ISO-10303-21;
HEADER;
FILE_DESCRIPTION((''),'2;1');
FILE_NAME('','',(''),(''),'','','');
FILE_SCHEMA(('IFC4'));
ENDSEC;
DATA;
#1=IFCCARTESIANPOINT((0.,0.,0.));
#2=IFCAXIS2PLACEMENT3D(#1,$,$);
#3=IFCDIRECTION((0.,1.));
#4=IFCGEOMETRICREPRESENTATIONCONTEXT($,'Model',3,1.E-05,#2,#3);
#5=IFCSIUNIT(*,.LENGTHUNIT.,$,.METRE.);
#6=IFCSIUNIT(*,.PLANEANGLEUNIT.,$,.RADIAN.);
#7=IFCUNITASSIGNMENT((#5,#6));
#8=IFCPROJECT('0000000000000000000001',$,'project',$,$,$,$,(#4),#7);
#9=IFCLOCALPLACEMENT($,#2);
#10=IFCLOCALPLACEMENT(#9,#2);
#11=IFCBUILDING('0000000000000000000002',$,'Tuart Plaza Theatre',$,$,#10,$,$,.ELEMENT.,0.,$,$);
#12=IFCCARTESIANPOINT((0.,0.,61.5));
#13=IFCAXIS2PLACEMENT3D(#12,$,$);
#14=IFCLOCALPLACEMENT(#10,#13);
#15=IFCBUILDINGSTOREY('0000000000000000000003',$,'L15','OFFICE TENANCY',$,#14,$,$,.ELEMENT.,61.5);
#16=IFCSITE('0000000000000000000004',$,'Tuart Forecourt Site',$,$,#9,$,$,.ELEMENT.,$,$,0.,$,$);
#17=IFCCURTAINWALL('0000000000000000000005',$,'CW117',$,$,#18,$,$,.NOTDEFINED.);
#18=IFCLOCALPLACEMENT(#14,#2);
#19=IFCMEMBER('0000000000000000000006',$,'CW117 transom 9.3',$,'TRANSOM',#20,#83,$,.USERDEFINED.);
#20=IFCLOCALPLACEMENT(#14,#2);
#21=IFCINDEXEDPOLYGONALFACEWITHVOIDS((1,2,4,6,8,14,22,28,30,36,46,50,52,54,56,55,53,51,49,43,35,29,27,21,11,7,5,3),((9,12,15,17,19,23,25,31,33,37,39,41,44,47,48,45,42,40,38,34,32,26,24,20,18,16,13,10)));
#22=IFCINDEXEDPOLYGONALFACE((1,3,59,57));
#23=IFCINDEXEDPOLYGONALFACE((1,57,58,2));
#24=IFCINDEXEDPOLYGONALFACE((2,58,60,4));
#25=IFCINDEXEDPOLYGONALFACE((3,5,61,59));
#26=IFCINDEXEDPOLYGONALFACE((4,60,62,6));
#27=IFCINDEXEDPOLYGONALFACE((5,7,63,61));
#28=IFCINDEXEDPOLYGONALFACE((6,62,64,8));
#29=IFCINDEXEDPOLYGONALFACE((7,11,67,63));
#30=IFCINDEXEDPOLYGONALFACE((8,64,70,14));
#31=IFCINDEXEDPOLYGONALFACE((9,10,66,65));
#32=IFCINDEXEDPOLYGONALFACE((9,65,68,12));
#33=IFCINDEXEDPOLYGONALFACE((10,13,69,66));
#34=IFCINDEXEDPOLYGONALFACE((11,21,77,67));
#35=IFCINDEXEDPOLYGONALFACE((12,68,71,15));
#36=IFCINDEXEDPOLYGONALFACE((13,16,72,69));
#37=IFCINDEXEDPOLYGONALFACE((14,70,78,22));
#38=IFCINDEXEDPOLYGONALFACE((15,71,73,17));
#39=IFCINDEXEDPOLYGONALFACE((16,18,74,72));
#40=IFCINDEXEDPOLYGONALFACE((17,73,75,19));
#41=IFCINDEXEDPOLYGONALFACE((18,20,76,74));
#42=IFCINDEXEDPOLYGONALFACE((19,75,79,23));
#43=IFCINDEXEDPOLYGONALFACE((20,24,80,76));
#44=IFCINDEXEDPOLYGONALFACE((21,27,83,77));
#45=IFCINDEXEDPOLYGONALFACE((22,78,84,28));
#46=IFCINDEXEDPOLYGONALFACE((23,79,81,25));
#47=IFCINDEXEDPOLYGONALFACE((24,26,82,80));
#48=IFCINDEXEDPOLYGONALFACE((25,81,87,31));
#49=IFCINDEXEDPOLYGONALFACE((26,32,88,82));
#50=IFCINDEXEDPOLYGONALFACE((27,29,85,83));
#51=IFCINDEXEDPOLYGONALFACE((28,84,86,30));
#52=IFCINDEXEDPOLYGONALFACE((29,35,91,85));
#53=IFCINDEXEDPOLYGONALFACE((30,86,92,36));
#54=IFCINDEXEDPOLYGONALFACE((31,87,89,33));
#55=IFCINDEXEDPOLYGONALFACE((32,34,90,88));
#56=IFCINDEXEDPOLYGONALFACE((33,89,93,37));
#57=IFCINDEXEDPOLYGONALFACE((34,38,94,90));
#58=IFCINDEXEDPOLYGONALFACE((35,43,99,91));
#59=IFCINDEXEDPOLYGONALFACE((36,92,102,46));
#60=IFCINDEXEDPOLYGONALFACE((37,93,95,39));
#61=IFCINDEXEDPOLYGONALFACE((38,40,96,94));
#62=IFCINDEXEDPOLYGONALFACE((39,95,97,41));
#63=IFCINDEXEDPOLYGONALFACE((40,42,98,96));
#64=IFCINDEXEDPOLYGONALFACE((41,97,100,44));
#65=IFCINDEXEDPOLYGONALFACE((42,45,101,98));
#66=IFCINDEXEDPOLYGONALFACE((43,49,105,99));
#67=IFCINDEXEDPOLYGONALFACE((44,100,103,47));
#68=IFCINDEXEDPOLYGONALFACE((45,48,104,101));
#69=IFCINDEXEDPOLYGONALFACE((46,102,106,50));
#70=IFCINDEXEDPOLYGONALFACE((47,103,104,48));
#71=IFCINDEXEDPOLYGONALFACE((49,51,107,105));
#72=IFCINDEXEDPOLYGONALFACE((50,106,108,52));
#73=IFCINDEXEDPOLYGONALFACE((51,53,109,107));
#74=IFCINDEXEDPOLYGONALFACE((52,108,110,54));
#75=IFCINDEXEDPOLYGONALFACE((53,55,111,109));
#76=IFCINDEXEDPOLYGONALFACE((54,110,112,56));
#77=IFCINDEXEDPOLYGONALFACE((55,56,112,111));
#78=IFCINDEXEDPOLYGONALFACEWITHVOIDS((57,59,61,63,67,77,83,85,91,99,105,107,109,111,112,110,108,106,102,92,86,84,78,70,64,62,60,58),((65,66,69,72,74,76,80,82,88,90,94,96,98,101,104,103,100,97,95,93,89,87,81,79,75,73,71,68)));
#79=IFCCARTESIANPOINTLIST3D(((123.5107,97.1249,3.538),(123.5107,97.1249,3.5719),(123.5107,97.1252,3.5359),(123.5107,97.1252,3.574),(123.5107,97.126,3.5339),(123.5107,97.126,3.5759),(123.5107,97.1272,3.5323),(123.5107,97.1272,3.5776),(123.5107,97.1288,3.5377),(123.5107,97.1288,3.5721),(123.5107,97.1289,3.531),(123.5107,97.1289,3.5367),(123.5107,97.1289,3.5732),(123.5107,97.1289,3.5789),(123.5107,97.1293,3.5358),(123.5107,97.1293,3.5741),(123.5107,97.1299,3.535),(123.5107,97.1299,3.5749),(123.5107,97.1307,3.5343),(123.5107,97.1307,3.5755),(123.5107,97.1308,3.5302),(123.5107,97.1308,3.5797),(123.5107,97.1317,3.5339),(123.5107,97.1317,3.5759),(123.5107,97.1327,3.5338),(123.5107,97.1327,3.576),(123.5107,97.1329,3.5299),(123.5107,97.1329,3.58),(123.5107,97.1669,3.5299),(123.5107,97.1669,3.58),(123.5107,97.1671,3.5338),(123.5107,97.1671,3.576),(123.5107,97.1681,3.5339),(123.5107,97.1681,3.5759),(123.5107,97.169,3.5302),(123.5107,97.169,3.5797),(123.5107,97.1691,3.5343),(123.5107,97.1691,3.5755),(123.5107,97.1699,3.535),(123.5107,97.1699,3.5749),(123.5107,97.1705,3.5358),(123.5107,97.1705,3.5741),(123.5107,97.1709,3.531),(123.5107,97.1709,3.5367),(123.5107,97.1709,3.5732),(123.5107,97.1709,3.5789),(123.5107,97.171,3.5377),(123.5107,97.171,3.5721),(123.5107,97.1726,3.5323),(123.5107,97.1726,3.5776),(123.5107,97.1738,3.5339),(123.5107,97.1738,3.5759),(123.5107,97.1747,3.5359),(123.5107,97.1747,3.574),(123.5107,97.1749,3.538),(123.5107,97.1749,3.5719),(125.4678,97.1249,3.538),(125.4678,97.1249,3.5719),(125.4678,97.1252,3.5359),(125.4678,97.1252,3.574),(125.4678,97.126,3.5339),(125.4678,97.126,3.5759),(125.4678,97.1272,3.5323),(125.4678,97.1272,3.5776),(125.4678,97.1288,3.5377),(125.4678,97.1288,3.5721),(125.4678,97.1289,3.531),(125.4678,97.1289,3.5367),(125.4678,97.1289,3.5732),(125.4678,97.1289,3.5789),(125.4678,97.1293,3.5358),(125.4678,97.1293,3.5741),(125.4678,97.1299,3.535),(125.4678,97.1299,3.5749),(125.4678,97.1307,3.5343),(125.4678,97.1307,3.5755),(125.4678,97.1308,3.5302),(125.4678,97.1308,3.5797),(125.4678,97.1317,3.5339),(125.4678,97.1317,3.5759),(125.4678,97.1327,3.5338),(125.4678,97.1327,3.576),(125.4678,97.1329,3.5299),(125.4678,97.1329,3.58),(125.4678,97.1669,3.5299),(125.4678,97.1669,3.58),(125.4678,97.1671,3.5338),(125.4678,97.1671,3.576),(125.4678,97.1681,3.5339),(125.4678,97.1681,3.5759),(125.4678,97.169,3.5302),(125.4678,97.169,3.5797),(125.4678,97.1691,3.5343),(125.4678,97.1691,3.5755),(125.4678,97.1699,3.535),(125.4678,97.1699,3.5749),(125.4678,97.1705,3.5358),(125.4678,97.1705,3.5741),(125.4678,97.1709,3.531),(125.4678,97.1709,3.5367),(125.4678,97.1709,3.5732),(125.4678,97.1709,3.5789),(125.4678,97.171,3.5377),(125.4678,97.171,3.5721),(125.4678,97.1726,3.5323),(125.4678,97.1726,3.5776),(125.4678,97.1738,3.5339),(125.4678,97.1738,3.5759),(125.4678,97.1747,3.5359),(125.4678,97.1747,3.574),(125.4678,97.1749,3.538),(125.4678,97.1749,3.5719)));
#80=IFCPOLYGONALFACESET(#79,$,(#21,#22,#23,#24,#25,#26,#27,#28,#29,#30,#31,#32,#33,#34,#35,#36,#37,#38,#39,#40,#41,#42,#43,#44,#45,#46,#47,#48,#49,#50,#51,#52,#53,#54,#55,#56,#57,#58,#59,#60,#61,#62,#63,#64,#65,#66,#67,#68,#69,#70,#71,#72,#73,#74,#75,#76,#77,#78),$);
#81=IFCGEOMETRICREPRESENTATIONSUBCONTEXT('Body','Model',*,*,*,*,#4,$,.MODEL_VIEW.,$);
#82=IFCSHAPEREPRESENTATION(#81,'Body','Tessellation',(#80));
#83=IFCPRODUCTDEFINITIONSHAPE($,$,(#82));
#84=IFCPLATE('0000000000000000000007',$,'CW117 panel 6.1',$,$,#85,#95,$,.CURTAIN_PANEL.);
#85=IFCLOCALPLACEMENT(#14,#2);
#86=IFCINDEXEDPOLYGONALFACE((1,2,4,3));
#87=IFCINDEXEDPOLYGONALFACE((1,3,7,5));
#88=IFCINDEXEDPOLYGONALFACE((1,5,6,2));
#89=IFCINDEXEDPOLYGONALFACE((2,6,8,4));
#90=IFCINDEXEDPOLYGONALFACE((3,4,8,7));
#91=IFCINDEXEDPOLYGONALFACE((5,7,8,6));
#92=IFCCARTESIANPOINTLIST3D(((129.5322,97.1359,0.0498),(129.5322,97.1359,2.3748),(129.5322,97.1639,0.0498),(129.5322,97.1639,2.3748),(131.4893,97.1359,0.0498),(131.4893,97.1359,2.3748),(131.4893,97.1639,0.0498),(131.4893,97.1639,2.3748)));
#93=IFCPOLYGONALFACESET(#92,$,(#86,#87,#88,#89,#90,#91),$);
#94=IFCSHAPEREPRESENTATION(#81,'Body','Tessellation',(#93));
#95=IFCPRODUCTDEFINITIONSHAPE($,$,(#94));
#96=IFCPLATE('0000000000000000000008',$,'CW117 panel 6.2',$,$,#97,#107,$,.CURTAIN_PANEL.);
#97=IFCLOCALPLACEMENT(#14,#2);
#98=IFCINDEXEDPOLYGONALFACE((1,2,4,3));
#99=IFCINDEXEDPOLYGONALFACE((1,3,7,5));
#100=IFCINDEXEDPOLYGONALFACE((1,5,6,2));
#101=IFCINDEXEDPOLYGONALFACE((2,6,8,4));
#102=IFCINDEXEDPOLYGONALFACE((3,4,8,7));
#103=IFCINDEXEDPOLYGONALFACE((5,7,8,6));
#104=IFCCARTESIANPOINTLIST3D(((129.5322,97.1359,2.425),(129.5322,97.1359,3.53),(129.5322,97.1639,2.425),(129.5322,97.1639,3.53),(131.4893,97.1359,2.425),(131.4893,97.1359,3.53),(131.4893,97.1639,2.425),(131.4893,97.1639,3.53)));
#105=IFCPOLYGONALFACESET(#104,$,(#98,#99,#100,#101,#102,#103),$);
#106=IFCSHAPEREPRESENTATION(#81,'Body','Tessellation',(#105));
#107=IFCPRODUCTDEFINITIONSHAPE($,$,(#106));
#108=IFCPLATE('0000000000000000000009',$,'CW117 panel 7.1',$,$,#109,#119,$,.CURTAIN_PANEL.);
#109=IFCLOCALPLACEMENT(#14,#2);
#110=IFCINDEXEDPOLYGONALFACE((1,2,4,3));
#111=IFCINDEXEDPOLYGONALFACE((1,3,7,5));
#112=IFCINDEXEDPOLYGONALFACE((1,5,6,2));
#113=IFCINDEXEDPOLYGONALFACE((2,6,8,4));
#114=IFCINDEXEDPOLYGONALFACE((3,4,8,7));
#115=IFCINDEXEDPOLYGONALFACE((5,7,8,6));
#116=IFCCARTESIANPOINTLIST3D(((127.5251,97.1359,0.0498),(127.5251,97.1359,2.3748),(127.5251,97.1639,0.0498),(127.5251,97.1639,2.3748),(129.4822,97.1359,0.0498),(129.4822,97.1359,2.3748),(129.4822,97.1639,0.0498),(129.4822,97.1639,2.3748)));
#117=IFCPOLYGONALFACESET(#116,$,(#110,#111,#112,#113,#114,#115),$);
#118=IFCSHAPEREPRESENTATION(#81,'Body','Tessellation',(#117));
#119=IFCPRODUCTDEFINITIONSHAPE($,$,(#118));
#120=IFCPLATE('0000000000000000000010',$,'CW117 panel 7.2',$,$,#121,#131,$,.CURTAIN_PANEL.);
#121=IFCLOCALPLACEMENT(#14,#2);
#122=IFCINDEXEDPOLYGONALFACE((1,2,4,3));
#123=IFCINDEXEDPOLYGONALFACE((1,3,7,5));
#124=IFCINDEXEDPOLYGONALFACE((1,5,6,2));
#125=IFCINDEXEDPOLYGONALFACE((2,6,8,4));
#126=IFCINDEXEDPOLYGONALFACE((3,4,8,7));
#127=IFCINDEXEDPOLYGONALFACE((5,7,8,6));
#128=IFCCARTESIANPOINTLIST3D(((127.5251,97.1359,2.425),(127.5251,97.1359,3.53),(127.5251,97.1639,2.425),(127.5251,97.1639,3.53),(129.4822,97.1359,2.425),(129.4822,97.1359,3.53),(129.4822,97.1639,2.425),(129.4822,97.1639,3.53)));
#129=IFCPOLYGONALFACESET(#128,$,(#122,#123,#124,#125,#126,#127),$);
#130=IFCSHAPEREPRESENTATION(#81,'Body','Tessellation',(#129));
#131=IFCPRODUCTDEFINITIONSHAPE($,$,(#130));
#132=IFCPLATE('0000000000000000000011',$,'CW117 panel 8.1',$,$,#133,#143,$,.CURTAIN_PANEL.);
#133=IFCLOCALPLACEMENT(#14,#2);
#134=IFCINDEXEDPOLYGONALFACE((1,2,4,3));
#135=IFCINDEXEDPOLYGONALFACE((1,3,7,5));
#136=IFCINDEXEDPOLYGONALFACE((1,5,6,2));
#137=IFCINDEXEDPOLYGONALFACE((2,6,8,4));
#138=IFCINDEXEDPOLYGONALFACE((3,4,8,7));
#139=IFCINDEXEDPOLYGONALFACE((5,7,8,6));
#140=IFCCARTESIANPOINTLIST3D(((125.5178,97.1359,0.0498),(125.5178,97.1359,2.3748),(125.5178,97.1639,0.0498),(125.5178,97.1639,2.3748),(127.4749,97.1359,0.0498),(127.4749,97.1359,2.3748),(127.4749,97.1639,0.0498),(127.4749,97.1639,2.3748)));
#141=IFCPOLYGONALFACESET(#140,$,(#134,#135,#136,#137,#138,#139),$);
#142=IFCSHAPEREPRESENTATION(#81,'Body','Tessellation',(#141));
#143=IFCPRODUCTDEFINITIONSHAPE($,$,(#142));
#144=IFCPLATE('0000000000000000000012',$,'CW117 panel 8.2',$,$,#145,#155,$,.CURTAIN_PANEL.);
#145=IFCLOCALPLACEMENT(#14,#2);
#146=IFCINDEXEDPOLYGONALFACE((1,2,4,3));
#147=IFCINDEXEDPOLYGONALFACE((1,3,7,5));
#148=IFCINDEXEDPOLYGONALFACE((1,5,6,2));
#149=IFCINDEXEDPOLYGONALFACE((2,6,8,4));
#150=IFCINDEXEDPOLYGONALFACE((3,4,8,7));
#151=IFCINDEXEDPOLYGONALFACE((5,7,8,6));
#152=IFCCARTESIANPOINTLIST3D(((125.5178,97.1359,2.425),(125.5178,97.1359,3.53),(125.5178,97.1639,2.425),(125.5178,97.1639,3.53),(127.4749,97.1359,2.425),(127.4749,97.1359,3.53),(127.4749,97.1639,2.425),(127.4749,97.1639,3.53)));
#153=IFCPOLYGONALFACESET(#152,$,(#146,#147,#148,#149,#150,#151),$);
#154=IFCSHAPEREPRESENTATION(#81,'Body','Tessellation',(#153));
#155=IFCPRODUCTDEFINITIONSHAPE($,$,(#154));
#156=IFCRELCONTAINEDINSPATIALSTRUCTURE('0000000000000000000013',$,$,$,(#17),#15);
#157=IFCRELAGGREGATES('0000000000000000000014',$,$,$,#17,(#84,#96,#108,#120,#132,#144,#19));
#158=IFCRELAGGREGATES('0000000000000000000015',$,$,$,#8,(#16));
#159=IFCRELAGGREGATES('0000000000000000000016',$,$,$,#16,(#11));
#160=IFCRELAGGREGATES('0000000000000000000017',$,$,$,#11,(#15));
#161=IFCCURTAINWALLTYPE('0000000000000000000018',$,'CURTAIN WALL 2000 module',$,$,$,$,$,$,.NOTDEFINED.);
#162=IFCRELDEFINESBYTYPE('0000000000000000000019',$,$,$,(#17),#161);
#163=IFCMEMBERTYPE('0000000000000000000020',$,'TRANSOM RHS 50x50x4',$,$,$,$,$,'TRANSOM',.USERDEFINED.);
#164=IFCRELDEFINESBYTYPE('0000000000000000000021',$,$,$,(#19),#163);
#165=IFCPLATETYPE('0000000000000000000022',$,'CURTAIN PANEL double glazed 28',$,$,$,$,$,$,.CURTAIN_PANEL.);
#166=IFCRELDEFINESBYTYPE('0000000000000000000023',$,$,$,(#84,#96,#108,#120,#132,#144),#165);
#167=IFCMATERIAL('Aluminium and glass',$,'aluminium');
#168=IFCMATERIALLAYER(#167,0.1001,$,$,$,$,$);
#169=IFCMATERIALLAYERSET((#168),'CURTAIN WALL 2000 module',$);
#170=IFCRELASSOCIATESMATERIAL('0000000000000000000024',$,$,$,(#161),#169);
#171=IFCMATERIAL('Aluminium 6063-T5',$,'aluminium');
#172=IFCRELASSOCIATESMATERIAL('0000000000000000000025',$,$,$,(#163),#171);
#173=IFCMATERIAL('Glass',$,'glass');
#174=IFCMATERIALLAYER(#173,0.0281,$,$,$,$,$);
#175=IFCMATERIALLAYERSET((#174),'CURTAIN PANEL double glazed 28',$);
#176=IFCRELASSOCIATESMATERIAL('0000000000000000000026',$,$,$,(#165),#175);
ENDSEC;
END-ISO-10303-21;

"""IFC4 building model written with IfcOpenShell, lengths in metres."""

from ifc_helpers import new_model, si_unit, direction, frame, origin, origin_2d, place, context, subcontext, project, spatial, rectangle, hollow_rectangle, extrude, material, layer, layer_set, material_profile, profile_set, type_object, element, aggregate, save


model = new_model("IFC4")

# Units and contexts
model_context = context("Model", 3, precision=1e-05, world=origin(), true_north=direction((0.0, 1.0)))
body_context = subcontext(model_context, "Body", "Model", "MODEL_VIEW")
ifc_project = project(units=[si_unit("LENGTHUNIT", "METRE"), si_unit("PLANEANGLEUNIT", "RADIAN")], contexts=[model_context])

# Site, building, storey
site_placement = place(None, origin())
site = spatial("IfcSite", under=ifc_project, at=site_placement, Name="Tuart Forecourt Site", CompositionType="ELEMENT", RefElevation=0.0)
building_placement = place(site_placement, origin())
building = spatial("IfcBuilding", under=site, at=building_placement, Name="Tuart Plaza Theatre", CompositionType="ELEMENT", ElevationOfRefHeight=0.0)
storey_placement = place(building_placement, frame((0.0, 0.0, 61.5)))
storey = spatial("IfcBuildingStorey", under=building, at=storey_placement, Name="L15", Description="OFFICE TENANCY", CompositionType="ELEMENT", Elevation=61.5)

# Curtain wall, member, plates
ifc_material_1 = material(Name="Aluminium and glass", Category="aluminium")
ifc_layer_1 = layer(ifc_material_1, 0.1001)
ifc_layer_set_1 = layer_set([ifc_layer_1], Name="CURTAIN WALL 2000 module")
curtain_wall_type = type_object("IfcCurtainWallType", Name="CURTAIN WALL 2000 module", PredefinedType="NOTDEFINED", material=ifc_layer_set_1)
curtain_wall_placement = place(storey_placement, origin())
curtain_wall = element("IfcCurtainWall", 1, at=curtain_wall_placement, inside=storey, type_object=curtain_wall_type, Name="CW117", PredefinedType="NOTDEFINED")
ifc_material_2 = material(Name="Aluminium 6063-T5", Category="aluminium")
ifc_material_profile_1 = material_profile(ifc_material_2, hollow_rectangle(XDim=0.05, YDim=0.05, WallThickness=0.0039, InnerFilletRadius=0.0039, OuterFilletRadius=0.0081, at=origin_2d()), Name="RHS 50x50x4")
ifc_profile_set_1 = profile_set([ifc_material_profile_1], Name="Aluminium 6063-T5")
member_type_1 = type_object("IfcMemberType", Name="TRANSOM RHS 50x50x4", ElementType="TRANSOM", PredefinedType="USERDEFINED", material=ifc_profile_set_1)
member_1_placement = place(storey_placement, frame((125.4678, 97.1499, 3.5549), z_axis=(-1.0, 0.0, 0.0), x_axis=(0.0, -1.0, 0.0)))
member_1 = element("IfcMember", 2, at=member_1_placement, type_object=member_type_1, Name="CW117 transom 9.3", ObjectType="TRANSOM", PredefinedType="USERDEFINED", context=body_context, shape_type="SweptSolid", body=[
    extrude(hollow_rectangle(XDim=0.05, YDim=0.05, WallThickness=0.0039, InnerFilletRadius=0.0039, OuterFilletRadius=0.0081, at=origin_2d()), origin(), (0.0, 0.0, 1.0), 1.957),
])
ifc_material_3 = material(Name="Glass", Category="glass")
ifc_layer_2 = layer(ifc_material_3, 0.0281)
ifc_layer_set_2 = layer_set([ifc_layer_2], Name="CURTAIN PANEL double glazed 28")
plate_type = type_object("IfcPlateType", Name="CURTAIN PANEL double glazed 28", PredefinedType="CURTAIN_PANEL", material=ifc_layer_set_2)
plate_1_placement = place(storey_placement, frame((130.5107, 97.1499, 0.0498), z_axis=(0.0, 0.0, 1.0), x_axis=(-1.0, 0.0, 0.0)))
plate_1 = element("IfcPlate", 3, at=plate_1_placement, type_object=plate_type, Name="CW117 panel 6.1", PredefinedType="CURTAIN_PANEL", context=body_context, shape_type="SweptSolid", body=[
    extrude(rectangle(XDim=1.957, YDim=0.0281, at=origin_2d()), origin(), (0.0, 0.0, 1.0), 2.325),
])
plate_2_placement = place(storey_placement, frame((130.5107, 97.1499, 2.425), z_axis=(0.0, 0.0, 1.0), x_axis=(-1.0, 0.0, 0.0)))
plate_2 = element("IfcPlate", 4, at=plate_2_placement, type_object=plate_type, Name="CW117 panel 6.2", PredefinedType="CURTAIN_PANEL", context=body_context, shape_type="SweptSolid", body=[
    extrude(rectangle(XDim=1.957, YDim=0.0281, at=origin_2d()), origin(), (0.0, 0.0, 1.0), 1.105),
])
plate_3_placement = place(storey_placement, frame((128.5037, 97.1499, 0.0498), z_axis=(0.0, 0.0, 1.0), x_axis=(-1.0, 0.0, 0.0)))
plate_3 = element("IfcPlate", 5, at=plate_3_placement, type_object=plate_type, Name="CW117 panel 7.1", PredefinedType="CURTAIN_PANEL", context=body_context, shape_type="SweptSolid", body=[
    extrude(rectangle(XDim=1.957, YDim=0.0281, at=origin_2d()), origin(), (0.0, 0.0, 1.0), 2.325),
])
plate_4_placement = place(storey_placement, frame((128.5037, 97.1499, 2.425), z_axis=(0.0, 0.0, 1.0), x_axis=(-1.0, 0.0, 0.0)))
plate_4 = element("IfcPlate", 6, at=plate_4_placement, type_object=plate_type, Name="CW117 panel 7.2", PredefinedType="CURTAIN_PANEL", context=body_context, shape_type="SweptSolid", body=[
    extrude(rectangle(XDim=1.957, YDim=0.0281, at=origin_2d()), origin(), (0.0, 0.0, 1.0), 1.105),
])
plate_5_placement = place(storey_placement, frame((126.4963, 97.1499, 0.0498), z_axis=(0.0, 0.0, 1.0), x_axis=(-1.0, 0.0, 0.0)))
plate_5 = element("IfcPlate", 7, at=plate_5_placement, type_object=plate_type, Name="CW117 panel 8.1", PredefinedType="CURTAIN_PANEL", context=body_context, shape_type="SweptSolid", body=[
    extrude(rectangle(XDim=1.957, YDim=0.0281, at=origin_2d()), origin(), (0.0, 0.0, 1.0), 2.325),
])
plate_6_placement = place(storey_placement, frame((126.4963, 97.1499, 2.425), z_axis=(0.0, 0.0, 1.0), x_axis=(-1.0, 0.0, 0.0)))
plate_6 = element("IfcPlate", 8, at=plate_6_placement, type_object=plate_type, Name="CW117 panel 8.2", PredefinedType="CURTAIN_PANEL", context=body_context, shape_type="SweptSolid", body=[
    extrude(rectangle(XDim=1.957, YDim=0.0281, at=origin_2d()), origin(), (0.0, 0.0, 1.0), 1.105),
])
aggregate(curtain_wall, [plate_1, plate_2, plate_3, plate_4, plate_5, plate_6, member_1])

save(model, "model.ifc")
